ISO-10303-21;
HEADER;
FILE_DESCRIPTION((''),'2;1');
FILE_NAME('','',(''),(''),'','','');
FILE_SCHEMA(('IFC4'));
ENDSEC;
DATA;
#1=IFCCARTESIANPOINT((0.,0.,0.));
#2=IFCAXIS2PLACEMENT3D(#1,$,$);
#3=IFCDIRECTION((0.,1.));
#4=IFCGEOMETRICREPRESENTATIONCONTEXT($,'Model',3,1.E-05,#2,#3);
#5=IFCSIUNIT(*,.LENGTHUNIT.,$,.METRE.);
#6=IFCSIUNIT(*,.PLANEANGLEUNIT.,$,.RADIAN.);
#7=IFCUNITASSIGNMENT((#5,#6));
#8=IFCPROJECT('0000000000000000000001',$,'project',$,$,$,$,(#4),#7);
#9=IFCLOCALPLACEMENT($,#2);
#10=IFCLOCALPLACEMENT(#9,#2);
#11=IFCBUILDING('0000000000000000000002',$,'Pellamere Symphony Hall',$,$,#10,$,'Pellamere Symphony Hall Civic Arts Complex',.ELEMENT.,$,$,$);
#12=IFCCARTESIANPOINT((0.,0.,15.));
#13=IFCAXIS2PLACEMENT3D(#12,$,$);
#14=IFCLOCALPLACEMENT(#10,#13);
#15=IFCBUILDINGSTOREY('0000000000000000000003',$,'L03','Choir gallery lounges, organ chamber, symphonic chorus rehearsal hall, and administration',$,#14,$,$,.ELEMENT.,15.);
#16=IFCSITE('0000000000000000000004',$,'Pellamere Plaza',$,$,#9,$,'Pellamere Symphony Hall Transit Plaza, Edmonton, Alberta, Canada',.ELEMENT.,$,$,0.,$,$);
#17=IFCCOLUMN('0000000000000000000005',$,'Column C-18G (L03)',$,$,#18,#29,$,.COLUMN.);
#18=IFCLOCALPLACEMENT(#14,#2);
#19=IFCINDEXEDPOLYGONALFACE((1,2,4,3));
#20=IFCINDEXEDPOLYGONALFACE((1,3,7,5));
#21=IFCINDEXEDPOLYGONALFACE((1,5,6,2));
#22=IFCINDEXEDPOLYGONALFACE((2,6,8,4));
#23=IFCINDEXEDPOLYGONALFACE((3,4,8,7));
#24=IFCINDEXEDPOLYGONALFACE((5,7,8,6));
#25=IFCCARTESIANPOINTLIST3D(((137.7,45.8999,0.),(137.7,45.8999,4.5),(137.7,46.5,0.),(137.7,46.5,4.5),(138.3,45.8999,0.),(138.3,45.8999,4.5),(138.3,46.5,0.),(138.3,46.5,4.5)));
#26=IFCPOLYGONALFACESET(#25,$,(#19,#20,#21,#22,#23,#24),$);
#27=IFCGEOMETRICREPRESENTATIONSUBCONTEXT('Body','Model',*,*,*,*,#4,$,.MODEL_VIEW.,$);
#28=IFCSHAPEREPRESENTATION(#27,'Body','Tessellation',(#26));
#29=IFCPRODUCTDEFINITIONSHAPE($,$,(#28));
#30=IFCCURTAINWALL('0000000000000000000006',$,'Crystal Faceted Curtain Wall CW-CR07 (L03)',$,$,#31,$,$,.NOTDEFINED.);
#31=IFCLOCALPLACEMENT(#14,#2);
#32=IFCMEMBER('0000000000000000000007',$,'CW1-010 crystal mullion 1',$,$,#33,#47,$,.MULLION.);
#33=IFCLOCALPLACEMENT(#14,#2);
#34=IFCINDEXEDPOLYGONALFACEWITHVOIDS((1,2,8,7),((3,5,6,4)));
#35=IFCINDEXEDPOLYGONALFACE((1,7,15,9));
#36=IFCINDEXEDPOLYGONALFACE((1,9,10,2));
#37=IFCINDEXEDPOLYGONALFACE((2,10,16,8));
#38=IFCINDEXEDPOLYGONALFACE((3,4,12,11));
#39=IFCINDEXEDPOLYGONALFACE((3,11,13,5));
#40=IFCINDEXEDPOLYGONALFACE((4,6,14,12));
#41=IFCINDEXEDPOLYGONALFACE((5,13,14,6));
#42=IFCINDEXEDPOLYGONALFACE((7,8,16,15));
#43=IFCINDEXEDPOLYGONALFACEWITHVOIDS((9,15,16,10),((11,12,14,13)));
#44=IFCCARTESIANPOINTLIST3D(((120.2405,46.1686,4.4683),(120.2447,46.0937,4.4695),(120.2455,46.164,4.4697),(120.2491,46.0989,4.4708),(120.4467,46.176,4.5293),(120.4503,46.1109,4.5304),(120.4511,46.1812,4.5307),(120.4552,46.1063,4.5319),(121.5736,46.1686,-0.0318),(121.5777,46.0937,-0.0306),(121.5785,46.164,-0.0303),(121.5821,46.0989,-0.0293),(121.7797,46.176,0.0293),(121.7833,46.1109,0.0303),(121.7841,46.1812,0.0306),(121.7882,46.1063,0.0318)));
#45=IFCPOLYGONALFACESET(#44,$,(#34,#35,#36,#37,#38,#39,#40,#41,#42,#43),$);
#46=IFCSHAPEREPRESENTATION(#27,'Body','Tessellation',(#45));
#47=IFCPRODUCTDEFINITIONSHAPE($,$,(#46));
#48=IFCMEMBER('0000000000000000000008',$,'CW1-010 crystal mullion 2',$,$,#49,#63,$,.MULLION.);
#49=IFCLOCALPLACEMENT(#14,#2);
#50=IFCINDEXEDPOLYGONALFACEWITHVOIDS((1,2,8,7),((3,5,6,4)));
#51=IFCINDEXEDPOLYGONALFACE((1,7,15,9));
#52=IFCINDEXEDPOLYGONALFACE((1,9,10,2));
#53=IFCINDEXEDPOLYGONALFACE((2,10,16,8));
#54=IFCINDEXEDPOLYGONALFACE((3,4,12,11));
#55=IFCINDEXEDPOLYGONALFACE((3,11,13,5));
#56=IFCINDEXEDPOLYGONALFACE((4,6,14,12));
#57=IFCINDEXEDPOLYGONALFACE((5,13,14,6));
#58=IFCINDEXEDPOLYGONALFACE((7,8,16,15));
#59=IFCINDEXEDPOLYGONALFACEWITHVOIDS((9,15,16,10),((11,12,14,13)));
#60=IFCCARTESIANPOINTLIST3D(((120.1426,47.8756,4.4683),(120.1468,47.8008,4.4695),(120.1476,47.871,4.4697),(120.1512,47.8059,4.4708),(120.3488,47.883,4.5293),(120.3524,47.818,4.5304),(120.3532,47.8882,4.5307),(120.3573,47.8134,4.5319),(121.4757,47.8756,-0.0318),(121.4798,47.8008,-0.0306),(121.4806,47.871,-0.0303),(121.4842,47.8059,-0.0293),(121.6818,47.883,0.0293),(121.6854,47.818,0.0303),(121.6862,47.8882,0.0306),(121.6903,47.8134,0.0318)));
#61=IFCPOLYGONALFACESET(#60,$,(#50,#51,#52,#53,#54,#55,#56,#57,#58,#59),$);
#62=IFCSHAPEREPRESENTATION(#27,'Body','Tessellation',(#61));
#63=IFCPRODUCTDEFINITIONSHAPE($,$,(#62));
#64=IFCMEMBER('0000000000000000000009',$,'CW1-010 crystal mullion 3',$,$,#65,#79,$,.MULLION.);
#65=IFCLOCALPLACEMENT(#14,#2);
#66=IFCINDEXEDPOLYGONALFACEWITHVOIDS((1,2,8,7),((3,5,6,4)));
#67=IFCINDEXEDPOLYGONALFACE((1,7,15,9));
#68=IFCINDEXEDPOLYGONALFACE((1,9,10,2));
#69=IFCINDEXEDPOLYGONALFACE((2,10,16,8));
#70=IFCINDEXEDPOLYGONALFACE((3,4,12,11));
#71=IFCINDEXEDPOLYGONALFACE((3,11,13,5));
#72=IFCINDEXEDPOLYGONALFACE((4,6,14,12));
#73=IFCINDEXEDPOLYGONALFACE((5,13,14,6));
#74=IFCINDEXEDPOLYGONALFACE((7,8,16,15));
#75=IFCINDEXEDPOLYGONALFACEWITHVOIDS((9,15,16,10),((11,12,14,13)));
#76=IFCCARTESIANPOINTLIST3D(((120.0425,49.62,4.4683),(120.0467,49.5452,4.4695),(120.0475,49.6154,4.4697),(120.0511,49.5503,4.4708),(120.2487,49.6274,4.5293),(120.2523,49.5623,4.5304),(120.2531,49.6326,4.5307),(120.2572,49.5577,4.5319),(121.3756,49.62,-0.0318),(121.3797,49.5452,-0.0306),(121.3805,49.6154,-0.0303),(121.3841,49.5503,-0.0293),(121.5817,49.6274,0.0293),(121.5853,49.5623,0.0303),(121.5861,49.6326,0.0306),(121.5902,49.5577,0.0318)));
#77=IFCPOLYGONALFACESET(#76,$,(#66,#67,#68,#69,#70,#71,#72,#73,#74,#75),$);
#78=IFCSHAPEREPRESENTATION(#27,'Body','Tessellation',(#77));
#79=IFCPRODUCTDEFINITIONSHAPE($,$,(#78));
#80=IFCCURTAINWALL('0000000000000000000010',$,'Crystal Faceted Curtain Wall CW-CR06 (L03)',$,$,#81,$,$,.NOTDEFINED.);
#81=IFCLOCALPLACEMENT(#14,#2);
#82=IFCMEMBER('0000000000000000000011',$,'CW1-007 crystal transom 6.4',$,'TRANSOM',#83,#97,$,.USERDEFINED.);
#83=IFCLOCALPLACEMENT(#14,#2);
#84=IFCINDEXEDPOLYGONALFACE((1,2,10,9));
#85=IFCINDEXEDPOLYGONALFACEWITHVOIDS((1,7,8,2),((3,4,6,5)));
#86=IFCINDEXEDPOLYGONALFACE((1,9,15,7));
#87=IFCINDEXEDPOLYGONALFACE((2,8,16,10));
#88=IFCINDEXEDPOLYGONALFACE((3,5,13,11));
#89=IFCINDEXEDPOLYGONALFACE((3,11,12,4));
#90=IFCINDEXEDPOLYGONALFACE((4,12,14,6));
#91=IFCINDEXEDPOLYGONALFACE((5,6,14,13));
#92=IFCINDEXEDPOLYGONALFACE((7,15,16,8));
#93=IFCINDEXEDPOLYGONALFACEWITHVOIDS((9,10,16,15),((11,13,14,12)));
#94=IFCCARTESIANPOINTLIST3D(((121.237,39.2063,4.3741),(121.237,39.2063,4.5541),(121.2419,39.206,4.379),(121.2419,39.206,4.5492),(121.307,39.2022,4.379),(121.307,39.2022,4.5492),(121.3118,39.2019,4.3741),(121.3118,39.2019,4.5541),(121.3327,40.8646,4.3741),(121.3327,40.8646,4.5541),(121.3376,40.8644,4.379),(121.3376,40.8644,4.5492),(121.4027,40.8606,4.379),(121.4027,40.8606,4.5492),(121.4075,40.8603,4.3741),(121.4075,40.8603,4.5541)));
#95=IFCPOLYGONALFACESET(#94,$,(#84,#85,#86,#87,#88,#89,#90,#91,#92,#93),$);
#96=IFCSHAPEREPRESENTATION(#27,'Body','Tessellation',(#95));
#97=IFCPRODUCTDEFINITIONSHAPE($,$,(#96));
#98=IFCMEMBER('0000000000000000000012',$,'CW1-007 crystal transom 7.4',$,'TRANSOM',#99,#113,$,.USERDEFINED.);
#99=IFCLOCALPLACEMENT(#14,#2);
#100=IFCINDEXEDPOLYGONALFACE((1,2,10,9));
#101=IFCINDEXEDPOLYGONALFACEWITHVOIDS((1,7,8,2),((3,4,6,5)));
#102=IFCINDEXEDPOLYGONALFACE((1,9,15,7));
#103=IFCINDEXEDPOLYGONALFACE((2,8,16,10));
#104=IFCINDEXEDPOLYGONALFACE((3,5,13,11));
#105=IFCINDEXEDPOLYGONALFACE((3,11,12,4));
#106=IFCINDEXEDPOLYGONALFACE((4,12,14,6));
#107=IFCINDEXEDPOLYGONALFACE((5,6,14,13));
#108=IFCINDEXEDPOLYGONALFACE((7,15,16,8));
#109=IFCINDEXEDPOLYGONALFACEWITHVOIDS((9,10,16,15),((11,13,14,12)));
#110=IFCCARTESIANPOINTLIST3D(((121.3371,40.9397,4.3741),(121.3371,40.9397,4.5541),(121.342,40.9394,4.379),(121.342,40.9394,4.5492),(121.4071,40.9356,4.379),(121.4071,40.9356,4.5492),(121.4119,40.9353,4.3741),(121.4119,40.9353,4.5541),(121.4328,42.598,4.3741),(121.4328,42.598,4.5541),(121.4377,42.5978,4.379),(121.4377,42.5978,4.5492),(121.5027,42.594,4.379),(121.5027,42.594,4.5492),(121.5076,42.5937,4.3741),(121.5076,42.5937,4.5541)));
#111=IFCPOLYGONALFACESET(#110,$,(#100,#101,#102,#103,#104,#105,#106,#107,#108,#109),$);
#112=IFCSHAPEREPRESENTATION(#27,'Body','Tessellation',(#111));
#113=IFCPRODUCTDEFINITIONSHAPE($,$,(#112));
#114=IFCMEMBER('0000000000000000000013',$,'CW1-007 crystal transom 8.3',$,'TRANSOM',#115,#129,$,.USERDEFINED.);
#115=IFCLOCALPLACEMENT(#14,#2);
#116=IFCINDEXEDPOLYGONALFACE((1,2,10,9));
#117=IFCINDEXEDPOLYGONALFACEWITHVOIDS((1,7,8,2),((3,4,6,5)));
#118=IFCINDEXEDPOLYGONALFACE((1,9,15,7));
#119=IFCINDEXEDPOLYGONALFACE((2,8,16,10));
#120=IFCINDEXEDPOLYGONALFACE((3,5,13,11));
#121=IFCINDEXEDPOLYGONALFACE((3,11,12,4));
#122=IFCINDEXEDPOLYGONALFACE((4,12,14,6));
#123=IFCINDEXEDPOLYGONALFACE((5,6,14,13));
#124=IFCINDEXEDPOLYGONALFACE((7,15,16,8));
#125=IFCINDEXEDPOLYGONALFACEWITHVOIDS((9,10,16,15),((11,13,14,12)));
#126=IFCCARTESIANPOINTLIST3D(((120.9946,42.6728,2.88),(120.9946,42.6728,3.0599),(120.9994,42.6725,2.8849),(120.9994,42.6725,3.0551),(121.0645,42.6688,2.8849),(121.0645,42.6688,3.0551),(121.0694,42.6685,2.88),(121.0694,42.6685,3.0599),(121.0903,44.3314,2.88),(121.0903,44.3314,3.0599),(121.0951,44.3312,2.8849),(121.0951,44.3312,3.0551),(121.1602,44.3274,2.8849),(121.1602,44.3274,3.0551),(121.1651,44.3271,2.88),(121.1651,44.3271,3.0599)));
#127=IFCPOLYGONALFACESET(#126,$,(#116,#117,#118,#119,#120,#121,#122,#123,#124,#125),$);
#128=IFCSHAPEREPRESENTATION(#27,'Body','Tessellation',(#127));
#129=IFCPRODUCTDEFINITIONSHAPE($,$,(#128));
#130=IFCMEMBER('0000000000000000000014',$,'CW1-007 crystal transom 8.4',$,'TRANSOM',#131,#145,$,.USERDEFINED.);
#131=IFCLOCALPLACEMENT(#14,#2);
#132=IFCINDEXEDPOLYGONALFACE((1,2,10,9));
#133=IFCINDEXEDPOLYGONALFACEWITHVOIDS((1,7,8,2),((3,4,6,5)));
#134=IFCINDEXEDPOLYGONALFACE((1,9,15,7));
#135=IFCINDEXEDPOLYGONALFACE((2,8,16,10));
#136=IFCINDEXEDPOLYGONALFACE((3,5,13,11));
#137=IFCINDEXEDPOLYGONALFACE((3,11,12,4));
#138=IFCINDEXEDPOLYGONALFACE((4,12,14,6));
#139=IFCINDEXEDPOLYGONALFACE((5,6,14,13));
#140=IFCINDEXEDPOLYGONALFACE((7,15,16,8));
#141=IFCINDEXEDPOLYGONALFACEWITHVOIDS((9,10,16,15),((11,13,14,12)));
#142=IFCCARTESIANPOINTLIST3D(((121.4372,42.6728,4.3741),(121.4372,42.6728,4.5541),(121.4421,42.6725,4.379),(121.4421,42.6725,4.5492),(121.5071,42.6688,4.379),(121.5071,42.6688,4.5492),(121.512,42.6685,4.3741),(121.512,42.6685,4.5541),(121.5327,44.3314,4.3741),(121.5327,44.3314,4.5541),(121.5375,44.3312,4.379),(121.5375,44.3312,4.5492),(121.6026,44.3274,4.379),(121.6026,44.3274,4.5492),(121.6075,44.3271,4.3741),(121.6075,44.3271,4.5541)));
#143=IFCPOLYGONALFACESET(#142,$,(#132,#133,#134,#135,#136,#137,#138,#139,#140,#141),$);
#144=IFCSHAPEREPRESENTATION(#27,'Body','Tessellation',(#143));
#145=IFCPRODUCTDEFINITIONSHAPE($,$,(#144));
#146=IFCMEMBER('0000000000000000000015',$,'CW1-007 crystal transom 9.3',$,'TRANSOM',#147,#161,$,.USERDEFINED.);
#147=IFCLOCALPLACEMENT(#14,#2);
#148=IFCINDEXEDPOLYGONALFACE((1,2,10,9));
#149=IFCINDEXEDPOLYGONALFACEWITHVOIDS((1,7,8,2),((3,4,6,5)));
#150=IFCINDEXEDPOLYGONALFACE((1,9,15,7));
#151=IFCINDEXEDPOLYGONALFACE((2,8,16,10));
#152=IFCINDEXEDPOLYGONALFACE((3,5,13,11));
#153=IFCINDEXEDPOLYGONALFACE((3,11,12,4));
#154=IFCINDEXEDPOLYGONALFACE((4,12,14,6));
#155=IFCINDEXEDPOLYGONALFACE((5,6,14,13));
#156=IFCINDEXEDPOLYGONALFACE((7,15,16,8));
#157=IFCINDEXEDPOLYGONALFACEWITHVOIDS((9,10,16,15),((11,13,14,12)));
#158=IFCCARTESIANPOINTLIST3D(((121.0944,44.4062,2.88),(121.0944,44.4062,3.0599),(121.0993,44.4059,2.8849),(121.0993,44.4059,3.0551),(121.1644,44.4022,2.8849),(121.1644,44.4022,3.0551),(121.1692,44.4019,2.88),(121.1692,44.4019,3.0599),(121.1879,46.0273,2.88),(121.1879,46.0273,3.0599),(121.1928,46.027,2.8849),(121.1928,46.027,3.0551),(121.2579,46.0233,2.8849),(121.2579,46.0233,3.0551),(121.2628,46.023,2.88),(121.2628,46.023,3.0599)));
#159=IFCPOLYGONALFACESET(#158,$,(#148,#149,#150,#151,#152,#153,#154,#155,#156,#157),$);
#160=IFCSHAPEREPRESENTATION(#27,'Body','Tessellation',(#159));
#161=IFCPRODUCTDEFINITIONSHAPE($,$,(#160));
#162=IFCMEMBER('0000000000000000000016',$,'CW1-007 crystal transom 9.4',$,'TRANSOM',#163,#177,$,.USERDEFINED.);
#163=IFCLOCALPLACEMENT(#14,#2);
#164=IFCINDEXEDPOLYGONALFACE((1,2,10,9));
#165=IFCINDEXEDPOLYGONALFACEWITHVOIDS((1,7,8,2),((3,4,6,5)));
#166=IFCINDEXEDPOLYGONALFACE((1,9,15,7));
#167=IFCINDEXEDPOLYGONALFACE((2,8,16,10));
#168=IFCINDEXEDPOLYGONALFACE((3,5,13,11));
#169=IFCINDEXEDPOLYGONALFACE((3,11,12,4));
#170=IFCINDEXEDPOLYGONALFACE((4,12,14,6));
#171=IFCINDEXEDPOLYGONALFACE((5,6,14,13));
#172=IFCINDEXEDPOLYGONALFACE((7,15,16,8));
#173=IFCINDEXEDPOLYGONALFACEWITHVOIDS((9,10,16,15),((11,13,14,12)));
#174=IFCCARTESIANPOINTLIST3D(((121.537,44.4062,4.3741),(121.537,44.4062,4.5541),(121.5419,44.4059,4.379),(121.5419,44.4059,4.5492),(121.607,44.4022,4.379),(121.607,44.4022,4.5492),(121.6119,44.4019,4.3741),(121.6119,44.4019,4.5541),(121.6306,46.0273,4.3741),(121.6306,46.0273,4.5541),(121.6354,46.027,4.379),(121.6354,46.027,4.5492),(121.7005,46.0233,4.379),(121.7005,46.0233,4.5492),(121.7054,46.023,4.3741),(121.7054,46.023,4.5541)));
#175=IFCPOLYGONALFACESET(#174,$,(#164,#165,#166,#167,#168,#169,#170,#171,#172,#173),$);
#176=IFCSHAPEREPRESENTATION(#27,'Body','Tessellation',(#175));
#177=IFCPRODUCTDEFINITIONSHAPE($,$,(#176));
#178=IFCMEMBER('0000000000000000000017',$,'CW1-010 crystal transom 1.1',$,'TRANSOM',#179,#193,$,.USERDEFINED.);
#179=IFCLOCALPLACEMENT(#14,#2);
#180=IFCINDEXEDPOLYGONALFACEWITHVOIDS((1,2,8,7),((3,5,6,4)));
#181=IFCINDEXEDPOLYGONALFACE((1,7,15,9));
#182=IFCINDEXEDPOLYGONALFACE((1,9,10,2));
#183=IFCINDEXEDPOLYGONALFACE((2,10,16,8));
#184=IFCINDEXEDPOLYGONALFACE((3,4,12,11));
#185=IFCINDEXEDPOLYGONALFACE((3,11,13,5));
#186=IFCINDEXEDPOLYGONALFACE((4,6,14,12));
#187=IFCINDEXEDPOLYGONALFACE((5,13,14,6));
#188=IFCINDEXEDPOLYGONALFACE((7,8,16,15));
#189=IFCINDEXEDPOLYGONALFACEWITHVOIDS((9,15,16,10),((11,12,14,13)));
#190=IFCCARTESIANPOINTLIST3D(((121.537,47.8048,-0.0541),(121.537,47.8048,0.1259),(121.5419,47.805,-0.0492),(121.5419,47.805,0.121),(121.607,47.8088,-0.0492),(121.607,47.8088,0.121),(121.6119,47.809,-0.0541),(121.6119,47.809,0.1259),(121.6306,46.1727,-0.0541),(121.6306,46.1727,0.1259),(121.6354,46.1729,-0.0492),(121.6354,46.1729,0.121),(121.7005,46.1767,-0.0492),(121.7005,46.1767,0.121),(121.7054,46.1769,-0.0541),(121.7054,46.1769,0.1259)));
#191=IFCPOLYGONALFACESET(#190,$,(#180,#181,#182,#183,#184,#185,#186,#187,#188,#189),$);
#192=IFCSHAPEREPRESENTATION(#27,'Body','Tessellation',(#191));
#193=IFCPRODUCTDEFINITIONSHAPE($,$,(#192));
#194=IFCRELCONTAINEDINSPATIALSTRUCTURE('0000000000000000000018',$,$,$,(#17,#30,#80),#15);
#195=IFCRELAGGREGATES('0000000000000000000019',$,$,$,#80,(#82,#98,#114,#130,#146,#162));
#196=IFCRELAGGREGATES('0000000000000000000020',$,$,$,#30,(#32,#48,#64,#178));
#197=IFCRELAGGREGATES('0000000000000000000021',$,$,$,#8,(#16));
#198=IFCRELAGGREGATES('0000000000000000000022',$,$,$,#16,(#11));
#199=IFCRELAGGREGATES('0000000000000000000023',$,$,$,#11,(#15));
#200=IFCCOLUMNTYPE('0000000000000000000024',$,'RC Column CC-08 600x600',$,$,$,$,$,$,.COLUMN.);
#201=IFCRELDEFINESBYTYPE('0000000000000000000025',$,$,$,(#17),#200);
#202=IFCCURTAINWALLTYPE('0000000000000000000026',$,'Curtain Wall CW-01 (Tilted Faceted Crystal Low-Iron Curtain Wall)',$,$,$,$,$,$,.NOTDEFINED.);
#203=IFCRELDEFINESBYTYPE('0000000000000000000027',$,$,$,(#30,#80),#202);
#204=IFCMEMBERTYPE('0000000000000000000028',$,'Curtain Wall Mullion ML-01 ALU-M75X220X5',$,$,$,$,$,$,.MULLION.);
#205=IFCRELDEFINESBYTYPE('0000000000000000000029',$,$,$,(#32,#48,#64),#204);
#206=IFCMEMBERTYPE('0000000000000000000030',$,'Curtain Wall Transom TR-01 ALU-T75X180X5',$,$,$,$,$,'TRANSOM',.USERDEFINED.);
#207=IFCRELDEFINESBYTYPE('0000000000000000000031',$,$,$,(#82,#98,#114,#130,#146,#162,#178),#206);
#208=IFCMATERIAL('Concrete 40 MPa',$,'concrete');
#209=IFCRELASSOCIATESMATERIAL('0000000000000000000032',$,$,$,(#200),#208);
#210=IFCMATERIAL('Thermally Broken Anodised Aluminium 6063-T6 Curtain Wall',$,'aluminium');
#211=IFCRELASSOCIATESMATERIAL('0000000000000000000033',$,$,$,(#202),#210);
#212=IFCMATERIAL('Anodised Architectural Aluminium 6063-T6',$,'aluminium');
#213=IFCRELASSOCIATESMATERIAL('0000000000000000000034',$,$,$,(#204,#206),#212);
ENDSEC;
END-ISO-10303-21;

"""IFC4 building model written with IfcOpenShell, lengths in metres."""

from ifc_helpers import new_model, si_unit, direction, frame, origin, origin_2d, place, context, subcontext, project, spatial, rectangle, hollow_rectangle, extrude, material, material_profile, profile_set, type_object, element, aggregate, save


model = new_model("IFC4")

# Units and contexts
model_context = context("Model", 3, precision=1e-05, world=origin(), true_north=direction((0.0, 1.0)))
body_context = subcontext(model_context, "Body", "Model", "MODEL_VIEW")
ifc_project = project(units=[si_unit("LENGTHUNIT", "METRE"), si_unit("PLANEANGLEUNIT", "RADIAN")], contexts=[model_context])

# Site, building, storey
site_placement = place(None, origin())
site = spatial("IfcSite", under=ifc_project, at=site_placement, Name="Pellamere Plaza", LongName="Pellamere Symphony Hall Transit Plaza, Edmonton, Alberta, Canada", CompositionType="ELEMENT", RefElevation=0.0)
building_placement = place(site_placement, origin())
building = spatial("IfcBuilding", under=site, at=building_placement, Name="Pellamere Symphony Hall", LongName="Pellamere Symphony Hall Civic Arts Complex", CompositionType="ELEMENT")
storey_placement = place(building_placement, frame((0.0, 0.0, 15.0)))
storey = spatial("IfcBuildingStorey", under=building, at=storey_placement, Name="L03", Description="Choir gallery lounges, organ chamber, symphonic chorus rehearsal hall, and administration", CompositionType="ELEMENT", Elevation=15.0)

# Column
ifc_material_1 = material(Name="Concrete 40 MPa", Category="concrete")
ifc_material_profile_1 = material_profile(ifc_material_1, rectangle(XDim=0.6001, YDim=0.6001, at=origin_2d()), Name="RC 600x600")
ifc_profile_set_1 = profile_set([ifc_material_profile_1], Name="Concrete 40 MPa")
column_type = type_object("IfcColumnType", Name="RC Column CC-08 600x600", PredefinedType="COLUMN", material=ifc_profile_set_1)
column_placement = place(storey_placement, frame((138.0, 46.2, 0.0), z_axis=(0.0, 0.0, 1.0), x_axis=(1.0, 0.0, 0.0)))
element("IfcColumn", 1, at=column_placement, inside=storey, type_object=column_type, Name="Column C-18G (L03)", PredefinedType="COLUMN", context=body_context, shape_type="SweptSolid", body=[
    extrude(rectangle(XDim=0.6001, YDim=0.6001, at=origin_2d()), origin(), (0.0, 0.0, 1.0), 4.5),
])

# Curtain walls, members
ifc_material_2 = material(Name="Thermally Broken Anodised Aluminium 6063-T6 Curtain Wall", Category="aluminium")
curtain_wall_type = type_object("IfcCurtainWallType", Name="Curtain Wall CW-01 (Tilted Faceted Crystal Low-Iron Curtain Wall)", PredefinedType="NOTDEFINED", material=ifc_material_2)
curtain_wall_1_placement = place(storey_placement, origin())
curtain_wall_1 = element("IfcCurtainWall", 2, at=curtain_wall_1_placement, inside=storey, type_object=curtain_wall_type, Name="Crystal Faceted Curtain Wall CW-CR07 (L03)", PredefinedType="NOTDEFINED")
ifc_material_3 = material(Name="Anodised Architectural Aluminium 6063-T6", Category="aluminium")
ifc_material_profile_2 = material_profile(ifc_material_3, hollow_rectangle(XDim=0.075, YDim=0.22, WallThickness=0.0049, at=origin_2d()), Name="ALU-M75X220X5")
ifc_profile_set_2 = profile_set([ifc_material_profile_2], Name="Anodised Architectural Aluminium 6063-T6")
member_type_1 = type_object("IfcMemberType", Name="Curtain Wall Mullion ML-01 ALU-M75X220X5", PredefinedType="MULLION", material=ifc_profile_set_2)
member_1_placement = place(storey_placement, frame((121.6809, 46.1375, 0.0), z_axis=(-0.284025, 0.0, 0.958817), x_axis=(-0.054874, 0.998361, -0.016255)))
member_1 = element("IfcMember", 3, at=member_1_placement, type_object=member_type_1, Name="CW1-010 crystal mullion 1", PredefinedType="MULLION", context=body_context, shape_type="SweptSolid", body=[
    extrude(hollow_rectangle(XDim=0.075, YDim=0.22, WallThickness=0.0049, at=origin_2d()), origin(), (0.0, 0.0, 1.0), 4.6934),
])
member_2_placement = place(storey_placement, frame((121.583, 47.8445, 0.0), z_axis=(-0.284025, 0.0, 0.958817), x_axis=(-0.054874, 0.998361, -0.016255)))
member_2 = element("IfcMember", 4, at=member_2_placement, type_object=member_type_1, Name="CW1-010 crystal mullion 2", PredefinedType="MULLION", context=body_context, shape_type="SweptSolid", body=[
    extrude(hollow_rectangle(XDim=0.075, YDim=0.22, WallThickness=0.0049, at=origin_2d()), origin(), (0.0, 0.0, 1.0), 4.6934),
])
member_3_placement = place(storey_placement, frame((121.4829, 49.5889, 0.0), z_axis=(-0.284025, 0.0, 0.958817), x_axis=(-0.054874, 0.998361, -0.016255)))
member_3 = element("IfcMember", 5, at=member_3_placement, type_object=member_type_1, Name="CW1-010 crystal mullion 3", PredefinedType="MULLION", context=body_context, shape_type="SweptSolid", body=[
    extrude(hollow_rectangle(XDim=0.075, YDim=0.22, WallThickness=0.0049, at=origin_2d()), origin(), (0.0, 0.0, 1.0), 4.6934),
])
curtain_wall_2_placement = place(storey_placement, origin())
curtain_wall_2 = element("IfcCurtainWall", 6, at=curtain_wall_2_placement, inside=storey, type_object=curtain_wall_type, Name="Crystal Faceted Curtain Wall CW-CR06 (L03)", PredefinedType="NOTDEFINED")
ifc_material_profile_3 = material_profile(ifc_material_3, hollow_rectangle(XDim=0.075, YDim=0.1799, WallThickness=0.0049, at=origin_2d()), Name="ALU-T75X180X5")
ifc_profile_set_3 = profile_set([ifc_material_profile_3], Name="Anodised Architectural Aluminium 6063-T6")
member_type_2 = type_object("IfcMemberType", Name="Curtain Wall Transom TR-01 ALU-T75X180X5", ElementType="TRANSOM", PredefinedType="USERDEFINED", material=ifc_profile_set_3)
member_4_placement = place(storey_placement, frame((121.2744, 39.2041, 4.4641), z_axis=(0.057611, 0.998339, 0.0), x_axis=(-0.998339, 0.057611, 0.0)))
member_4 = element("IfcMember", 7, at=member_4_placement, type_object=member_type_2, Name="CW1-007 crystal transom 6.4", ObjectType="TRANSOM", PredefinedType="USERDEFINED", context=body_context, shape_type="SweptSolid", body=[
    extrude(hollow_rectangle(XDim=0.075, YDim=0.1799, WallThickness=0.0049, at=origin_2d()), origin(), (0.0, 0.0, 1.0), 1.6611),
])
member_5_placement = place(storey_placement, frame((121.3745, 40.9375, 4.4641), z_axis=(0.057611, 0.998339, 0.0), x_axis=(-0.998339, 0.057611, 0.0)))
member_5 = element("IfcMember", 8, at=member_5_placement, type_object=member_type_2, Name="CW1-007 crystal transom 7.4", ObjectType="TRANSOM", PredefinedType="USERDEFINED", context=body_context, shape_type="SweptSolid", body=[
    extrude(hollow_rectangle(XDim=0.075, YDim=0.1799, WallThickness=0.0049, at=origin_2d()), origin(), (0.0, 0.0, 1.0), 1.6611),
])
member_6_placement = place(storey_placement, frame((121.032, 42.6707, 2.97), z_axis=(0.057602, 0.99834, 0.0), x_axis=(-0.99834, 0.057602, 0.0)))
member_6 = element("IfcMember", 9, at=member_6_placement, type_object=member_type_2, Name="CW1-007 crystal transom 8.3", ObjectType="TRANSOM", PredefinedType="USERDEFINED", context=body_context, shape_type="SweptSolid", body=[
    extrude(hollow_rectangle(XDim=0.075, YDim=0.1799, WallThickness=0.0049, at=origin_2d()), origin(), (0.0, 0.0, 1.0), 1.6614),
])
member_7_placement = place(storey_placement, frame((121.4746, 42.6707, 4.4641), z_axis=(0.057456, 0.998348, 0.0), x_axis=(-0.998348, 0.057456, 0.0)))
member_7 = element("IfcMember", 10, at=member_7_placement, type_object=member_type_2, Name="CW1-007 crystal transom 8.4", ObjectType="TRANSOM", PredefinedType="USERDEFINED", context=body_context, shape_type="SweptSolid", body=[
    extrude(hollow_rectangle(XDim=0.075, YDim=0.1799, WallThickness=0.0049, at=origin_2d()), origin(), (0.0, 0.0, 1.0), 1.6614),
])
member_8_placement = place(storey_placement, frame((121.1318, 44.4041, 2.97), z_axis=(0.057585, 0.998341, 0.0), x_axis=(-0.998341, 0.057585, 0.0)))
member_8 = element("IfcMember", 11, at=member_8_placement, type_object=member_type_2, Name="CW1-007 crystal transom 9.3", ObjectType="TRANSOM", PredefinedType="USERDEFINED", context=body_context, shape_type="SweptSolid", body=[
    extrude(hollow_rectangle(XDim=0.075, YDim=0.1799, WallThickness=0.0049, at=origin_2d()), origin(), (0.0, 0.0, 1.0), 1.6238),
])
member_9_placement = place(storey_placement, frame((121.5745, 44.4041, 4.4641), z_axis=(0.057585, 0.998341, 0.0), x_axis=(-0.998341, 0.057585, 0.0)))
member_9 = element("IfcMember", 12, at=member_9_placement, type_object=member_type_2, Name="CW1-007 crystal transom 9.4", ObjectType="TRANSOM", PredefinedType="USERDEFINED", context=body_context, shape_type="SweptSolid", body=[
    extrude(hollow_rectangle(XDim=0.075, YDim=0.1799, WallThickness=0.0049, at=origin_2d()), origin(), (0.0, 0.0, 1.0), 1.6238),
])

# Member
member_10_placement = place(storey_placement, frame((121.668, 46.1748, 0.0359), z_axis=(-0.057199, 0.998363, 0.0), x_axis=(-0.998363, -0.057199, 0.0)))
member_10 = element("IfcMember", 13, at=member_10_placement, type_object=member_type_2, Name="CW1-010 crystal transom 1.1", ObjectType="TRANSOM", PredefinedType="USERDEFINED", context=body_context, shape_type="SweptSolid", body=[
    extrude(hollow_rectangle(XDim=0.075, YDim=0.1799, WallThickness=0.0049, at=origin_2d()), origin(), (0.0, 0.0, 1.0), 1.6348),
])

aggregate(curtain_wall_2, [member_4, member_5, member_6, member_7, member_8, member_9])
aggregate(curtain_wall_1, [member_1, member_2, member_3, member_10])

save(model, "model.ifc")
